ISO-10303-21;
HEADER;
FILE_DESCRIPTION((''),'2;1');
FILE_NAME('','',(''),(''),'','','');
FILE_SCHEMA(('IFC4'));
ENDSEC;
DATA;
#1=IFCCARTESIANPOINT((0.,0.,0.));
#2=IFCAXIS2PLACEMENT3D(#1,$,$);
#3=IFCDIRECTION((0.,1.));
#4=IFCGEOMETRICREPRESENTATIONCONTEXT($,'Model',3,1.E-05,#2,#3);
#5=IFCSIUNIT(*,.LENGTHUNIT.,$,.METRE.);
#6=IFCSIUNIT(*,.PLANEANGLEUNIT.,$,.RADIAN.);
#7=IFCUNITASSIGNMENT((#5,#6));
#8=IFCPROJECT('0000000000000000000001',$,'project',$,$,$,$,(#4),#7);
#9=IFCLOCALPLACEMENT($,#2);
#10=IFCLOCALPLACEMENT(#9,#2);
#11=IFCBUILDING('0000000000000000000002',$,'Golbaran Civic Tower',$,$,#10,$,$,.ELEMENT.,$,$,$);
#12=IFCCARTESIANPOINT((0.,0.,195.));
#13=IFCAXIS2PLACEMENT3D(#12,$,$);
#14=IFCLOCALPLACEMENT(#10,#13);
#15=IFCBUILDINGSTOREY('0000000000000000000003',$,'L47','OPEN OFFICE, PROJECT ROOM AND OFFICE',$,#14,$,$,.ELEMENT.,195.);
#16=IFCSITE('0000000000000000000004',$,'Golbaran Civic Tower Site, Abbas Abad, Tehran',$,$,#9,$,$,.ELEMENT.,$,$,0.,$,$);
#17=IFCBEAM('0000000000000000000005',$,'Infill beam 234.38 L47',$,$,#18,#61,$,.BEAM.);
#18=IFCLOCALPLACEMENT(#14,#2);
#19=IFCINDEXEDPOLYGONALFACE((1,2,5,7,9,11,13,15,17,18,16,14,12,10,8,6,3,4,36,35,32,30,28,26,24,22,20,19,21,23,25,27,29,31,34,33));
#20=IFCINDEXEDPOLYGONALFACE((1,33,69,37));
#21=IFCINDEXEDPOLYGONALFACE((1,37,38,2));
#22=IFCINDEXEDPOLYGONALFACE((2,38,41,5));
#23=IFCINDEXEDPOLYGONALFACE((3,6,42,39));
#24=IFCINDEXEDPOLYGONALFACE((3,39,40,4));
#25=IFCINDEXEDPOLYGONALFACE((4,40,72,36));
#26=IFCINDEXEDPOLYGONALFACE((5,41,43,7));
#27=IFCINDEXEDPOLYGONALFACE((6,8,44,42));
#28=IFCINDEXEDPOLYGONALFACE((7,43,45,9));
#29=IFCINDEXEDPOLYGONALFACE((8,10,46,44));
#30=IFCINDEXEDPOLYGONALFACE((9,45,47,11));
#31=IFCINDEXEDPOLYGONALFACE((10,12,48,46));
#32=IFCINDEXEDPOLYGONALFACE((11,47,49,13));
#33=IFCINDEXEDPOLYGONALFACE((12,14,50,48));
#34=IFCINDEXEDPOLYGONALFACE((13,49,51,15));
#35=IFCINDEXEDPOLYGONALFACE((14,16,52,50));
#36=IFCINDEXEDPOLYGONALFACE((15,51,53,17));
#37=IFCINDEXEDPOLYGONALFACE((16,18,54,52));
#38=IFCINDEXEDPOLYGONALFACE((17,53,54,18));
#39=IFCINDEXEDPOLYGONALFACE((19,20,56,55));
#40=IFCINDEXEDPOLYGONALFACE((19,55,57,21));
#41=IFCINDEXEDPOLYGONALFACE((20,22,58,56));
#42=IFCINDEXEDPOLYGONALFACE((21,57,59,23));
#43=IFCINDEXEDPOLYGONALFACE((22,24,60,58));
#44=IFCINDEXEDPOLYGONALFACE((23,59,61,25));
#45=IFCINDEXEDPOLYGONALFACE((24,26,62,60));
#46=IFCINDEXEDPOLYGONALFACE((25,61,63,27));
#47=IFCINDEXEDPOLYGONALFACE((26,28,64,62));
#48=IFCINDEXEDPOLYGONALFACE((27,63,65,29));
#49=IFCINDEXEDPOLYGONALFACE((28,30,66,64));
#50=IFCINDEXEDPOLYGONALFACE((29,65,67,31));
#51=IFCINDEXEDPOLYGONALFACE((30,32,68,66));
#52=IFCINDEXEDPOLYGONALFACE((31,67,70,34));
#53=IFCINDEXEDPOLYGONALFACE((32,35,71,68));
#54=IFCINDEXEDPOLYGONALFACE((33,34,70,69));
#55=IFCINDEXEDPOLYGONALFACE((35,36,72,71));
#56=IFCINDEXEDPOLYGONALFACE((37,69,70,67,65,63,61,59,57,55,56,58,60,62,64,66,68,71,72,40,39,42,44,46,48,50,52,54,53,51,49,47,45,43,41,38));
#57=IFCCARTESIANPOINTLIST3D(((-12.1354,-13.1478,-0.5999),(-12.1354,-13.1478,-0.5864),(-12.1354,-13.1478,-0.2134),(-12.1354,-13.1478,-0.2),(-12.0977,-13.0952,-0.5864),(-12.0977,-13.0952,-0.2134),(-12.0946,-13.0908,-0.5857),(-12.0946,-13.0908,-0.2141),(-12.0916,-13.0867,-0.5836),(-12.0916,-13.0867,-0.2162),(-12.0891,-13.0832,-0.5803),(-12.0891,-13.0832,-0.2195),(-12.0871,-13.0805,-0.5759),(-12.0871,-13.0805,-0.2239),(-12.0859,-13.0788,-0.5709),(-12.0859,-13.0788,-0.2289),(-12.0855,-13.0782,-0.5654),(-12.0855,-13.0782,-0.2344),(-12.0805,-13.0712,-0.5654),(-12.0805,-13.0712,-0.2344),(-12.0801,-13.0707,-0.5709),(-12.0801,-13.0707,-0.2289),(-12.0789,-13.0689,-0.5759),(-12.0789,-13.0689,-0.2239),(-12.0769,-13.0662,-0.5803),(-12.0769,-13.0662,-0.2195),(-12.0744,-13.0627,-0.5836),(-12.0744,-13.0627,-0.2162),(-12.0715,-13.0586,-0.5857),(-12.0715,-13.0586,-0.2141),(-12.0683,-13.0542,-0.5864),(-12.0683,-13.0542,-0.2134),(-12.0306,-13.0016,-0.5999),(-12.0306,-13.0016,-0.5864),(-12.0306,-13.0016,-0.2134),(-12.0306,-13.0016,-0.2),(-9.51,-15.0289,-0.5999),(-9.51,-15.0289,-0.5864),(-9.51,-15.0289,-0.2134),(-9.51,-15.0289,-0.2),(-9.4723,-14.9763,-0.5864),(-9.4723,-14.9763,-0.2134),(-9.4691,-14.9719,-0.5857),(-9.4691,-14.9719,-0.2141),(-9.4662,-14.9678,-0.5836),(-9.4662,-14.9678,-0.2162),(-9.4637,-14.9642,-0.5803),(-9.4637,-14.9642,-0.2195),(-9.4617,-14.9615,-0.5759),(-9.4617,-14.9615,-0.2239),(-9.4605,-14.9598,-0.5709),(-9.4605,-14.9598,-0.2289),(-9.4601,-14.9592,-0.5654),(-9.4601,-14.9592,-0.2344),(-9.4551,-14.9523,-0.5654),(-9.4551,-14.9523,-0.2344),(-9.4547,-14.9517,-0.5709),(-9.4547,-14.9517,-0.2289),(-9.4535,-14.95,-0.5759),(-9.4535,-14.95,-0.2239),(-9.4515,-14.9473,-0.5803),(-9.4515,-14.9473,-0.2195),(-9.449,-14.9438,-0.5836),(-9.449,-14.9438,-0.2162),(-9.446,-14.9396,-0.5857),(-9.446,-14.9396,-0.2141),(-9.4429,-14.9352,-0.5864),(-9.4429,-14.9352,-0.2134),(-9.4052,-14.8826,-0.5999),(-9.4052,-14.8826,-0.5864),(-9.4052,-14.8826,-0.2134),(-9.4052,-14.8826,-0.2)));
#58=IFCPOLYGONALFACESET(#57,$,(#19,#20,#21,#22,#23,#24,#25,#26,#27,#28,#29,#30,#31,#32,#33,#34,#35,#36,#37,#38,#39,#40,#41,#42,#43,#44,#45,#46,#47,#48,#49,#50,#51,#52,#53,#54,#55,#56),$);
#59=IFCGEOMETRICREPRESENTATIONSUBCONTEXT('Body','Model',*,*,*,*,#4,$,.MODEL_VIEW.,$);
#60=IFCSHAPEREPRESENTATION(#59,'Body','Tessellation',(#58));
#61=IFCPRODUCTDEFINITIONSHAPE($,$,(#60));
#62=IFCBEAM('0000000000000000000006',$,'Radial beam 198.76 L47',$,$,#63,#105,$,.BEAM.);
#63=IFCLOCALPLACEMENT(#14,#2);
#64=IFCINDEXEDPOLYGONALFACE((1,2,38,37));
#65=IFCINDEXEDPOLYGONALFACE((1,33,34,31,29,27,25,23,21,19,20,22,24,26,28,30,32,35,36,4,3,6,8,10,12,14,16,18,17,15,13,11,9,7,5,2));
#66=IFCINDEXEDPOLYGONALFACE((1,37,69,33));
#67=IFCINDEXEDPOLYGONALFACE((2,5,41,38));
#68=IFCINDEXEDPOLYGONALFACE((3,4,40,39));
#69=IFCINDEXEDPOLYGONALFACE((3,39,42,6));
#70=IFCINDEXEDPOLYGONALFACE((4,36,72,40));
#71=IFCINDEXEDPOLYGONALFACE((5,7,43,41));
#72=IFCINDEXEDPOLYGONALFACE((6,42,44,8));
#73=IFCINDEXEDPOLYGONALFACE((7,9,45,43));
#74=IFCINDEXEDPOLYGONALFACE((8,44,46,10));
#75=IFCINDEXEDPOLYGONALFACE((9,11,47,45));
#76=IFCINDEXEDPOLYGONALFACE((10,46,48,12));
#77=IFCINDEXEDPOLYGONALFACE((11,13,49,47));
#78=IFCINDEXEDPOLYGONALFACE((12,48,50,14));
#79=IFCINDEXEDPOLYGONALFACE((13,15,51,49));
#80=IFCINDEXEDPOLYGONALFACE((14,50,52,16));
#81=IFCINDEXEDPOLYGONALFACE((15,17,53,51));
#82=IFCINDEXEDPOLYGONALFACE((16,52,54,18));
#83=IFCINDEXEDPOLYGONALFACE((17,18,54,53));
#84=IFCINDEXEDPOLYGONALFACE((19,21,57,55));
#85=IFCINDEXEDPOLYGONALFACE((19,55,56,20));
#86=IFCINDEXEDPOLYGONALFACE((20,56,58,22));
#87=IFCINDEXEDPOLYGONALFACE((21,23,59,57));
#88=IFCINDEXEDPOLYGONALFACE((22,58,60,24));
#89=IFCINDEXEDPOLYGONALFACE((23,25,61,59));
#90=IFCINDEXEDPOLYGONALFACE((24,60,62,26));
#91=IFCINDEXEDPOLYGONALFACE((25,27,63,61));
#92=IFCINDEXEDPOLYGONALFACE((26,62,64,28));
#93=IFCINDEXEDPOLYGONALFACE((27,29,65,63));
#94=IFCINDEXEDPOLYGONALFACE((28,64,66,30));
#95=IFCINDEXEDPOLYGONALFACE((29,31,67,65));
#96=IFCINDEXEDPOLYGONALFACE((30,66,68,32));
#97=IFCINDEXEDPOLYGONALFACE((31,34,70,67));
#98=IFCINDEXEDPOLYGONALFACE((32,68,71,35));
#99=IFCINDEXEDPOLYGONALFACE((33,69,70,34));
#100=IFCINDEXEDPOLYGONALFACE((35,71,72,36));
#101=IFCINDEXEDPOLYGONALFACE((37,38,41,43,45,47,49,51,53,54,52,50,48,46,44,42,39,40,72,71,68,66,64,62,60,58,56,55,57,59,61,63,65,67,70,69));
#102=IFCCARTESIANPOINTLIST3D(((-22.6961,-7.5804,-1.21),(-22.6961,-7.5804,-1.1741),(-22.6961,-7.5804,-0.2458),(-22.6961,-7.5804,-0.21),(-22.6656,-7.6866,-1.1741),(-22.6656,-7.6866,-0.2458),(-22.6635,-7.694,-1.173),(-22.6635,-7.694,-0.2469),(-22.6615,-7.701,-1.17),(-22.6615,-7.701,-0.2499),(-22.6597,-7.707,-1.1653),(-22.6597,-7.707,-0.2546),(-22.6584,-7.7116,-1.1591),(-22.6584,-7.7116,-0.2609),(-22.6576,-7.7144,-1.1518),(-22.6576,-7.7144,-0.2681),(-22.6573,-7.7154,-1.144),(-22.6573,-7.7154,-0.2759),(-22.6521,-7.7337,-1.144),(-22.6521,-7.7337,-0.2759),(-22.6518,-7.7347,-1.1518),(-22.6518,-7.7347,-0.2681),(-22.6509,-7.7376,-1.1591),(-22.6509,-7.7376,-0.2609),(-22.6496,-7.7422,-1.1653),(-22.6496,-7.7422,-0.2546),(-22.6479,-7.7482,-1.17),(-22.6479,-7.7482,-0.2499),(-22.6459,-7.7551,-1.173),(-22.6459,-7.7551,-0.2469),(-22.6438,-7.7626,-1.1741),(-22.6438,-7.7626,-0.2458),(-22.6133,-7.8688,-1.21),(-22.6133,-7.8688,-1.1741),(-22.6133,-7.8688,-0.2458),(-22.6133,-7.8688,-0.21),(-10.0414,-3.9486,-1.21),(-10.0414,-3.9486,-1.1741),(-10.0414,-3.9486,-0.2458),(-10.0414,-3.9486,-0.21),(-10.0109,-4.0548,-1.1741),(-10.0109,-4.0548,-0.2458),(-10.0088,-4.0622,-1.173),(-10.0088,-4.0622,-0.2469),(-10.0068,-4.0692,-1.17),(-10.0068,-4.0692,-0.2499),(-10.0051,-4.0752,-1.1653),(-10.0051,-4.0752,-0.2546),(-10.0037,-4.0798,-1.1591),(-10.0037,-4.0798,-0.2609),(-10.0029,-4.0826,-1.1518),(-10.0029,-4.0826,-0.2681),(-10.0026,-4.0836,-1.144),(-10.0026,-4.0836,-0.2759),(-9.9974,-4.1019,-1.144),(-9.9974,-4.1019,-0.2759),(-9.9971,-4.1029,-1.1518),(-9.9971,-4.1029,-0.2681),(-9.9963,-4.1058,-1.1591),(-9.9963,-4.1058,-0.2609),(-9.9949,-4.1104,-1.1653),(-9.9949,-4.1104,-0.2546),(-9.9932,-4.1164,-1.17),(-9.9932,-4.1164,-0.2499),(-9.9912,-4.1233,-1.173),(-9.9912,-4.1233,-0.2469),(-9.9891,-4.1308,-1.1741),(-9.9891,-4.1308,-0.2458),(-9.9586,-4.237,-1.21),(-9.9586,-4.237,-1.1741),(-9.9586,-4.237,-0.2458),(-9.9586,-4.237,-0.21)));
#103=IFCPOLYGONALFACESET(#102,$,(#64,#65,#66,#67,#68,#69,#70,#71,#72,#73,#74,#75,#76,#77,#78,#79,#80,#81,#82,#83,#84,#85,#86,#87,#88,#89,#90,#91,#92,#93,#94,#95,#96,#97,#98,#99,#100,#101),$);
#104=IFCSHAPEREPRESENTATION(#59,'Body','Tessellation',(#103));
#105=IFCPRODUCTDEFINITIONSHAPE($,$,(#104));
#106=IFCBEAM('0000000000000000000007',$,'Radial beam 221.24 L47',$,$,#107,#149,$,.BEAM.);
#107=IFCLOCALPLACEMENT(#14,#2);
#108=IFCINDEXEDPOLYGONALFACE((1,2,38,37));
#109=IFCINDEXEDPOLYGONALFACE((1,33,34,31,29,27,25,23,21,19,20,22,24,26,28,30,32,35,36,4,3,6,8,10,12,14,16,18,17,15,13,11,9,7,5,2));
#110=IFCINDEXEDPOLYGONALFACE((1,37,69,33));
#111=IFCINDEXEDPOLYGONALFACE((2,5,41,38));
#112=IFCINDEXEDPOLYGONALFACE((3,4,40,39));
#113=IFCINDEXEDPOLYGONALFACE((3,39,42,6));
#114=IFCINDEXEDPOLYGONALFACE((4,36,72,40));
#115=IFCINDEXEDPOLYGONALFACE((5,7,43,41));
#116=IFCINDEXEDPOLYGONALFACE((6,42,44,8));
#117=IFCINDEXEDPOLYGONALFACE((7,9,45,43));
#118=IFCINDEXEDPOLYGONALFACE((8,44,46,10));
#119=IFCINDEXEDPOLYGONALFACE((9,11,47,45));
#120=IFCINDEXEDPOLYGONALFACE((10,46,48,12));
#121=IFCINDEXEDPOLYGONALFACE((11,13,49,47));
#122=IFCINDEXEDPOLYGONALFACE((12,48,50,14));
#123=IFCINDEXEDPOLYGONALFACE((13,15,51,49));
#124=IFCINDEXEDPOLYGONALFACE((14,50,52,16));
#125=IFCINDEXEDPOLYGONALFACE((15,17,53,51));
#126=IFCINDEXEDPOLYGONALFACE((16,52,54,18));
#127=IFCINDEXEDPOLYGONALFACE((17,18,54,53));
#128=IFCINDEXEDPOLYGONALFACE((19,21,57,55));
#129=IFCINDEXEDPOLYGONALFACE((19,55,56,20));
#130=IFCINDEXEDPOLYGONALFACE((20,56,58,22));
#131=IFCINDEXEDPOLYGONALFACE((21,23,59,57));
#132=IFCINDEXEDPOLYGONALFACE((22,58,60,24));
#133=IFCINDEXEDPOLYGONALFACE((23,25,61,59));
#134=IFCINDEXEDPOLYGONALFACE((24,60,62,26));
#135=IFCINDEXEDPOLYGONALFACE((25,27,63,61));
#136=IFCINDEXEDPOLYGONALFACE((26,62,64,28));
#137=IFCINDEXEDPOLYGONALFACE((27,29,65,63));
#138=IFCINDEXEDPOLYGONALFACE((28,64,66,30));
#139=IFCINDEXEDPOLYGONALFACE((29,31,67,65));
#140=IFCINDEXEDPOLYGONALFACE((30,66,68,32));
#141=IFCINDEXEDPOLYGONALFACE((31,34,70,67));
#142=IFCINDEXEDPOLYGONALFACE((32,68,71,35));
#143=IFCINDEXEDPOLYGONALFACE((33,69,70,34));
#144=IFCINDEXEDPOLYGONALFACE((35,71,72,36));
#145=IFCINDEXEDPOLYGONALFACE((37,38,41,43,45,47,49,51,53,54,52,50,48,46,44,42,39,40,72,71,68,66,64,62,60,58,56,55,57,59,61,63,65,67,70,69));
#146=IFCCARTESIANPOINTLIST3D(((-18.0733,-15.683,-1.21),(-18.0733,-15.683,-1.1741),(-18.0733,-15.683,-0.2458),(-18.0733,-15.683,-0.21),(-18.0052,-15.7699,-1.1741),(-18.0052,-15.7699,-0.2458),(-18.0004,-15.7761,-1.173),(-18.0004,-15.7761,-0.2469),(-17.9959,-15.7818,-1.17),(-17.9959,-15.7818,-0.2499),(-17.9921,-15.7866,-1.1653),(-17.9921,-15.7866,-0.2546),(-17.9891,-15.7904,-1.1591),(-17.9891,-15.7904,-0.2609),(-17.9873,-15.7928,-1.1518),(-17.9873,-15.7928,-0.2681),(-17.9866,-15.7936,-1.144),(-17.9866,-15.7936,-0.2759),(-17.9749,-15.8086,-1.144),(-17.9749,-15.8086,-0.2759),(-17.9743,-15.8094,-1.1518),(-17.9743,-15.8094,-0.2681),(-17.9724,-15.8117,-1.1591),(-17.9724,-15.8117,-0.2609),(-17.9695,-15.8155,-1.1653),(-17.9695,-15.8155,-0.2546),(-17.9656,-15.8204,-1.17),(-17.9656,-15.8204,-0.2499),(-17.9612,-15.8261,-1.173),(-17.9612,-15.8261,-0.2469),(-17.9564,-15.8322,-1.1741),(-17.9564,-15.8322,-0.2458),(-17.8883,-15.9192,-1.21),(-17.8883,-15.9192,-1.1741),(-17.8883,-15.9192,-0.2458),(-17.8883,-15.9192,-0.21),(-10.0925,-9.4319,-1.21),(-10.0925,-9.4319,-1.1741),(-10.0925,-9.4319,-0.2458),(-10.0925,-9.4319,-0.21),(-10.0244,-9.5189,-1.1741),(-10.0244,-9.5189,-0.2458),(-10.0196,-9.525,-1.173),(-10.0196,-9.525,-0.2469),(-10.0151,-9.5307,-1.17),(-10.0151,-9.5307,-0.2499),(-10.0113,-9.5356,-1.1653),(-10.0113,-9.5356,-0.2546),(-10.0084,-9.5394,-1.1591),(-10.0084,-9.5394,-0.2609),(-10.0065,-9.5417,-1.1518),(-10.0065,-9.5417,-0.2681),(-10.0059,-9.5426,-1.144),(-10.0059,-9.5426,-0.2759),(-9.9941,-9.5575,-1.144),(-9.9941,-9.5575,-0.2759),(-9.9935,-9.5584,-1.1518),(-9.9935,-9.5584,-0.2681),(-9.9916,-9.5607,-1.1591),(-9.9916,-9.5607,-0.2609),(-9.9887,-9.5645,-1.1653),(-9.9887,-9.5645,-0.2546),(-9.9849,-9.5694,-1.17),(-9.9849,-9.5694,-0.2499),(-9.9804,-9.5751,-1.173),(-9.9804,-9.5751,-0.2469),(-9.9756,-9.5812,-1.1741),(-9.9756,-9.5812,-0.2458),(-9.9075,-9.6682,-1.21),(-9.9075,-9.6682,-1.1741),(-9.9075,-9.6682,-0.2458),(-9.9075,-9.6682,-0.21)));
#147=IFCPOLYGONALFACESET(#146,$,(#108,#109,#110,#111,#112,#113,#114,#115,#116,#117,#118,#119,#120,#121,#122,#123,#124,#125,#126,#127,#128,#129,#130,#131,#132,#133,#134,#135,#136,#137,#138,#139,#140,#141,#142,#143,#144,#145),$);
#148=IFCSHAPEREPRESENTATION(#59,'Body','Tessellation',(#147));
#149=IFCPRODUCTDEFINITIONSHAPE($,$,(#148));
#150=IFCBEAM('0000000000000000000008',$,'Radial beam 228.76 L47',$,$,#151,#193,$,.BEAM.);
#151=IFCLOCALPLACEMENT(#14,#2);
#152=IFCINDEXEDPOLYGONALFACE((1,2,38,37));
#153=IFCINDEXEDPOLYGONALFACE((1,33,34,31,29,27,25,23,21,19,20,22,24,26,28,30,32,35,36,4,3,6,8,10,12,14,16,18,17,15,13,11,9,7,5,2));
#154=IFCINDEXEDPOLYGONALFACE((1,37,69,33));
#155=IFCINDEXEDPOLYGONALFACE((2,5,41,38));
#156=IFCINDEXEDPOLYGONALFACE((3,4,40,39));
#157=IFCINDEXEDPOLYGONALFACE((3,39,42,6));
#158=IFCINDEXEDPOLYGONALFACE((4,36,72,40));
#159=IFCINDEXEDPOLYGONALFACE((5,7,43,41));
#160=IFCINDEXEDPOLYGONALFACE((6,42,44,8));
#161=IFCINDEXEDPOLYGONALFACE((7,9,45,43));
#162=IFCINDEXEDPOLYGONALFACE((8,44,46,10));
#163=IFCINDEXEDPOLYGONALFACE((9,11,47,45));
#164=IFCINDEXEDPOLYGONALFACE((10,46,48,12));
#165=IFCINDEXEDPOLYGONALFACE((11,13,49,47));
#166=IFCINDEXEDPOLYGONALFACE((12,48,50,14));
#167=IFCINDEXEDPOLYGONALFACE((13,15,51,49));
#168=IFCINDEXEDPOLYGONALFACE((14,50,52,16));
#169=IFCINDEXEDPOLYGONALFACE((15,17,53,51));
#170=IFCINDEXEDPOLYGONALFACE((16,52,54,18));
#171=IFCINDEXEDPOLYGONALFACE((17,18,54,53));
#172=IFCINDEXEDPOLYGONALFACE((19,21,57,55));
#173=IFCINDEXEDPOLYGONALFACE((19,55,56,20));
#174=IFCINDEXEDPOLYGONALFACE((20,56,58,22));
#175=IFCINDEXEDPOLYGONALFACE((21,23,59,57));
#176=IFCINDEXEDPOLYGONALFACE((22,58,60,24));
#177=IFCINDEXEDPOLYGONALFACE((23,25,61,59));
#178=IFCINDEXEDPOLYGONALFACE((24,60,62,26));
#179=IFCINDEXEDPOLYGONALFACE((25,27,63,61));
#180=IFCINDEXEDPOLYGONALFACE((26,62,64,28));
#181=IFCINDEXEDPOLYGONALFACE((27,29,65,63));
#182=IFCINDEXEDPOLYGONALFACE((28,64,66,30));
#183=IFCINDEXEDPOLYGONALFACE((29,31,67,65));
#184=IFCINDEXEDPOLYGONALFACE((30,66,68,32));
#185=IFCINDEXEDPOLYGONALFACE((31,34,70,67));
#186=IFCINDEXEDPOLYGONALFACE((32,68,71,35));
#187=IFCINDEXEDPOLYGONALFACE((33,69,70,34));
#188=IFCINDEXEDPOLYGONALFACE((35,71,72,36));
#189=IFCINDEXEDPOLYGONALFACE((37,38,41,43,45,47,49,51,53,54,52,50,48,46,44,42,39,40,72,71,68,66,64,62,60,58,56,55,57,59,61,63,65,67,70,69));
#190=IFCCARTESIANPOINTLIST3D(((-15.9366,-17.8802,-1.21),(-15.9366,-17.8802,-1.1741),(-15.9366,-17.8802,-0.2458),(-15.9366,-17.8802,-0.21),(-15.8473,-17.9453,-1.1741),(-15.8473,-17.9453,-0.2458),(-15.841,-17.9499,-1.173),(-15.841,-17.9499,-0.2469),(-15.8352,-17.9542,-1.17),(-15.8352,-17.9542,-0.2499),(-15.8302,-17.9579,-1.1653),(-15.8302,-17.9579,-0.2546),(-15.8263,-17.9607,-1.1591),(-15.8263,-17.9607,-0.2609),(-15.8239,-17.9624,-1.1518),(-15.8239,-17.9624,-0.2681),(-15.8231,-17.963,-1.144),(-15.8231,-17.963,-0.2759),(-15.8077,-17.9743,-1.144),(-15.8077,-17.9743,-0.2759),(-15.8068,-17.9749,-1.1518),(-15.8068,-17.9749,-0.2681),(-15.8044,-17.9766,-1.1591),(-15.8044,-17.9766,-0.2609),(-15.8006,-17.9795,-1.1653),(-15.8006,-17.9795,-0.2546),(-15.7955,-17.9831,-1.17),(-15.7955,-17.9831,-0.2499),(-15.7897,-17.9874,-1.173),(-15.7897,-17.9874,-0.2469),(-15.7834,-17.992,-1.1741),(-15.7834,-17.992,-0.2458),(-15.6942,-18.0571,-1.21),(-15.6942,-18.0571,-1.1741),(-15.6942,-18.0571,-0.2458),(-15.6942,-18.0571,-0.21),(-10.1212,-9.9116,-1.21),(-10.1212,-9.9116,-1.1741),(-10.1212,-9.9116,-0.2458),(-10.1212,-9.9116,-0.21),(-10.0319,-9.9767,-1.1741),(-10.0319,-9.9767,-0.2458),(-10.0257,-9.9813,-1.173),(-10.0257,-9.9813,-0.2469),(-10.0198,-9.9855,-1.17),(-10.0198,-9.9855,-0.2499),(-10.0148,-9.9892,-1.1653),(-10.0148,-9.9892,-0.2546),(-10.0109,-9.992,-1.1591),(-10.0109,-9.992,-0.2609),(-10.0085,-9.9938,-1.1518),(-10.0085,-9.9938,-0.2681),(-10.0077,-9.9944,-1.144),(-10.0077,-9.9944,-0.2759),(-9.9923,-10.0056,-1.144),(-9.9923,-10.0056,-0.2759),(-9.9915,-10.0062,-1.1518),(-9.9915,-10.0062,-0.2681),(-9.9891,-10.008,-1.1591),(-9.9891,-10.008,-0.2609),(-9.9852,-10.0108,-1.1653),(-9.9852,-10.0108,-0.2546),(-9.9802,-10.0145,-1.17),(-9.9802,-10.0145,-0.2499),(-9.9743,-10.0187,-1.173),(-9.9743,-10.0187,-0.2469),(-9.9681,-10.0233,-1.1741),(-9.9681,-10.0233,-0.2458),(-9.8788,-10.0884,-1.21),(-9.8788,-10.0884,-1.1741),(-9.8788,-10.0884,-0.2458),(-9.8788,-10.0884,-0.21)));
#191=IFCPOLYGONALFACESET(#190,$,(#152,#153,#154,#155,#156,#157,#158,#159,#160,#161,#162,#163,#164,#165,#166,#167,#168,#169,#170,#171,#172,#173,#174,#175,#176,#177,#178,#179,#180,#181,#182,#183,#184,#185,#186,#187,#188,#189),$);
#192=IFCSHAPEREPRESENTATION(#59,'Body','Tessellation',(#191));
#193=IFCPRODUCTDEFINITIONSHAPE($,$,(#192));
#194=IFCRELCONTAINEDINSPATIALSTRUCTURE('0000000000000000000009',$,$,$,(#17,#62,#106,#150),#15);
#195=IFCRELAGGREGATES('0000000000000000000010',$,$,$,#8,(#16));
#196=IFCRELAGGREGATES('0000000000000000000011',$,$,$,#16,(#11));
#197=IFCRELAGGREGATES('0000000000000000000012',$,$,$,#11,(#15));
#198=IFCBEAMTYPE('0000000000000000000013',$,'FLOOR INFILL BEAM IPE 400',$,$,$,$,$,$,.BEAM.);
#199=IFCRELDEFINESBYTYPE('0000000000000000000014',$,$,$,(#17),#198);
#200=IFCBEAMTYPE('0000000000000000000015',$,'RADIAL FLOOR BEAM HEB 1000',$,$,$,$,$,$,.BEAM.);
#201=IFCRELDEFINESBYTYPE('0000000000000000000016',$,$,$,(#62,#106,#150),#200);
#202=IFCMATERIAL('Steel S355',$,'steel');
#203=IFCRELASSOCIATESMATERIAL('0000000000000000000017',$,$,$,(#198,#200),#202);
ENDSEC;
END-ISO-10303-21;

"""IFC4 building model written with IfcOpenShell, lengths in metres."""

from ifc_helpers import new_model, si_unit, direction, frame, origin, origin_2d, place, context, subcontext, project, spatial, i_section, extrude, material, material_profile, profile_set, type_object, element, save


model = new_model("IFC4")

# Units and contexts
model_context = context("Model", 3, precision=1e-05, world=origin(), true_north=direction((0.0, 1.0)))
body_context = subcontext(model_context, "Body", "Model", "MODEL_VIEW")
ifc_project = project(units=[si_unit("LENGTHUNIT", "METRE"), si_unit("PLANEANGLEUNIT", "RADIAN")], contexts=[model_context])

# Site, building, storey
site_placement = place(None, origin())
site = spatial("IfcSite", under=ifc_project, at=site_placement, Name="Golbaran Civic Tower Site, Abbas Abad, Tehran", CompositionType="ELEMENT", RefElevation=0.0)
building_placement = place(site_placement, origin())
building = spatial("IfcBuilding", under=site, at=building_placement, Name="Golbaran Civic Tower", CompositionType="ELEMENT")
storey_placement = place(building_placement, frame((0.0, 0.0, 195.0)))
storey = spatial("IfcBuildingStorey", under=building, at=storey_placement, Name="L47", Description="OPEN OFFICE, PROJECT ROOM AND OFFICE", CompositionType="ELEMENT", Elevation=195.0)

# Beams
ifc_material_1 = material(Name="Steel S355", Category="steel")
ifc_material_profile_1 = material_profile(ifc_material_1, i_section(OverallWidth=0.1799, OverallDepth=0.3999, WebThickness=0.0085, FlangeThickness=0.0134, FilletRadius=0.021, at=origin_2d()), Name="IPE 400")
ifc_profile_set_1 = profile_set([ifc_material_profile_1], Name="Steel S355")
beam_type_1 = type_object("IfcBeamType", Name="FLOOR INFILL BEAM IPE 400", PredefinedType="BEAM", material=ifc_profile_set_1)
beam_1_placement = place(storey_placement, frame((-12.083, -13.0747, -0.3999), z_axis=(0.81289, -0.582417, 0.0), x_axis=(0.582417, 0.81289, 0.0)))
element("IfcBeam", 1, at=beam_1_placement, inside=storey, type_object=beam_type_1, Name="Infill beam 234.38 L47", PredefinedType="BEAM", context=body_context, shape_type="SweptSolid", body=[
    extrude(i_section(OverallWidth=0.1799, OverallDepth=0.3999, WebThickness=0.0085, FlangeThickness=0.0134, FilletRadius=0.021, at=origin_2d()), origin(), (0.0, 0.0, 1.0), 3.2297),
])
ifc_material_profile_2 = material_profile(ifc_material_1, i_section(OverallWidth=0.3, OverallDepth=1.0, WebThickness=0.019, FlangeThickness=0.0359, FilletRadius=0.03, at=origin_2d()), Name="HEB 1000")
ifc_profile_set_2 = profile_set([ifc_material_profile_2], Name="Steel S355")
beam_type_2 = type_object("IfcBeamType", Name="RADIAL FLOOR BEAM HEB 1000", PredefinedType="BEAM", material=ifc_profile_set_2)
beam_2_placement = place(storey_placement, frame((-10.0, -4.0928, -0.71), z_axis=(-0.961199, -0.275857, 0.0), x_axis=(0.275857, -0.961199, 0.0)))
element("IfcBeam", 2, at=beam_2_placement, inside=storey, type_object=beam_type_2, Name="Radial beam 198.76 L47", PredefinedType="BEAM", context=body_context, shape_type="SweptSolid", body=[
    extrude(i_section(OverallWidth=0.3, OverallDepth=1.0, WebThickness=0.019, FlangeThickness=0.0359, FilletRadius=0.03, at=origin_2d()), origin(), (0.0, 0.0, 1.0), 13.1655),
])
beam_3_placement = place(storey_placement, frame((-10.0, -9.55, -0.71), z_axis=(-0.787256, -0.616626, 0.0), x_axis=(0.616626, -0.787256, 0.0)))
element("IfcBeam", 3, at=beam_3_placement, inside=storey, type_object=beam_type_2, Name="Radial beam 221.24 L47", PredefinedType="BEAM", context=body_context, shape_type="SweptSolid", body=[
    extrude(i_section(OverallWidth=0.3, OverallDepth=1.0, WebThickness=0.019, FlangeThickness=0.0359, FilletRadius=0.03, at=origin_2d()), origin(), (0.0, 0.0, 1.0), 10.1375),
])
beam_4_placement = place(storey_placement, frame((-10.0, -10.0, -0.71), z_axis=(-0.589495, -0.807772, 0.0), x_axis=(0.807772, -0.589495, 0.0)))
element("IfcBeam", 4, at=beam_4_placement, inside=storey, type_object=beam_type_2, Name="Radial beam 228.76 L47", PredefinedType="BEAM", context=body_context, shape_type="SweptSolid", body=[
    extrude(i_section(OverallWidth=0.3, OverallDepth=1.0, WebThickness=0.019, FlangeThickness=0.0359, FilletRadius=0.03, at=origin_2d()), origin(), (0.0, 0.0, 1.0), 9.865),
])

save(model, "model.ifc")
